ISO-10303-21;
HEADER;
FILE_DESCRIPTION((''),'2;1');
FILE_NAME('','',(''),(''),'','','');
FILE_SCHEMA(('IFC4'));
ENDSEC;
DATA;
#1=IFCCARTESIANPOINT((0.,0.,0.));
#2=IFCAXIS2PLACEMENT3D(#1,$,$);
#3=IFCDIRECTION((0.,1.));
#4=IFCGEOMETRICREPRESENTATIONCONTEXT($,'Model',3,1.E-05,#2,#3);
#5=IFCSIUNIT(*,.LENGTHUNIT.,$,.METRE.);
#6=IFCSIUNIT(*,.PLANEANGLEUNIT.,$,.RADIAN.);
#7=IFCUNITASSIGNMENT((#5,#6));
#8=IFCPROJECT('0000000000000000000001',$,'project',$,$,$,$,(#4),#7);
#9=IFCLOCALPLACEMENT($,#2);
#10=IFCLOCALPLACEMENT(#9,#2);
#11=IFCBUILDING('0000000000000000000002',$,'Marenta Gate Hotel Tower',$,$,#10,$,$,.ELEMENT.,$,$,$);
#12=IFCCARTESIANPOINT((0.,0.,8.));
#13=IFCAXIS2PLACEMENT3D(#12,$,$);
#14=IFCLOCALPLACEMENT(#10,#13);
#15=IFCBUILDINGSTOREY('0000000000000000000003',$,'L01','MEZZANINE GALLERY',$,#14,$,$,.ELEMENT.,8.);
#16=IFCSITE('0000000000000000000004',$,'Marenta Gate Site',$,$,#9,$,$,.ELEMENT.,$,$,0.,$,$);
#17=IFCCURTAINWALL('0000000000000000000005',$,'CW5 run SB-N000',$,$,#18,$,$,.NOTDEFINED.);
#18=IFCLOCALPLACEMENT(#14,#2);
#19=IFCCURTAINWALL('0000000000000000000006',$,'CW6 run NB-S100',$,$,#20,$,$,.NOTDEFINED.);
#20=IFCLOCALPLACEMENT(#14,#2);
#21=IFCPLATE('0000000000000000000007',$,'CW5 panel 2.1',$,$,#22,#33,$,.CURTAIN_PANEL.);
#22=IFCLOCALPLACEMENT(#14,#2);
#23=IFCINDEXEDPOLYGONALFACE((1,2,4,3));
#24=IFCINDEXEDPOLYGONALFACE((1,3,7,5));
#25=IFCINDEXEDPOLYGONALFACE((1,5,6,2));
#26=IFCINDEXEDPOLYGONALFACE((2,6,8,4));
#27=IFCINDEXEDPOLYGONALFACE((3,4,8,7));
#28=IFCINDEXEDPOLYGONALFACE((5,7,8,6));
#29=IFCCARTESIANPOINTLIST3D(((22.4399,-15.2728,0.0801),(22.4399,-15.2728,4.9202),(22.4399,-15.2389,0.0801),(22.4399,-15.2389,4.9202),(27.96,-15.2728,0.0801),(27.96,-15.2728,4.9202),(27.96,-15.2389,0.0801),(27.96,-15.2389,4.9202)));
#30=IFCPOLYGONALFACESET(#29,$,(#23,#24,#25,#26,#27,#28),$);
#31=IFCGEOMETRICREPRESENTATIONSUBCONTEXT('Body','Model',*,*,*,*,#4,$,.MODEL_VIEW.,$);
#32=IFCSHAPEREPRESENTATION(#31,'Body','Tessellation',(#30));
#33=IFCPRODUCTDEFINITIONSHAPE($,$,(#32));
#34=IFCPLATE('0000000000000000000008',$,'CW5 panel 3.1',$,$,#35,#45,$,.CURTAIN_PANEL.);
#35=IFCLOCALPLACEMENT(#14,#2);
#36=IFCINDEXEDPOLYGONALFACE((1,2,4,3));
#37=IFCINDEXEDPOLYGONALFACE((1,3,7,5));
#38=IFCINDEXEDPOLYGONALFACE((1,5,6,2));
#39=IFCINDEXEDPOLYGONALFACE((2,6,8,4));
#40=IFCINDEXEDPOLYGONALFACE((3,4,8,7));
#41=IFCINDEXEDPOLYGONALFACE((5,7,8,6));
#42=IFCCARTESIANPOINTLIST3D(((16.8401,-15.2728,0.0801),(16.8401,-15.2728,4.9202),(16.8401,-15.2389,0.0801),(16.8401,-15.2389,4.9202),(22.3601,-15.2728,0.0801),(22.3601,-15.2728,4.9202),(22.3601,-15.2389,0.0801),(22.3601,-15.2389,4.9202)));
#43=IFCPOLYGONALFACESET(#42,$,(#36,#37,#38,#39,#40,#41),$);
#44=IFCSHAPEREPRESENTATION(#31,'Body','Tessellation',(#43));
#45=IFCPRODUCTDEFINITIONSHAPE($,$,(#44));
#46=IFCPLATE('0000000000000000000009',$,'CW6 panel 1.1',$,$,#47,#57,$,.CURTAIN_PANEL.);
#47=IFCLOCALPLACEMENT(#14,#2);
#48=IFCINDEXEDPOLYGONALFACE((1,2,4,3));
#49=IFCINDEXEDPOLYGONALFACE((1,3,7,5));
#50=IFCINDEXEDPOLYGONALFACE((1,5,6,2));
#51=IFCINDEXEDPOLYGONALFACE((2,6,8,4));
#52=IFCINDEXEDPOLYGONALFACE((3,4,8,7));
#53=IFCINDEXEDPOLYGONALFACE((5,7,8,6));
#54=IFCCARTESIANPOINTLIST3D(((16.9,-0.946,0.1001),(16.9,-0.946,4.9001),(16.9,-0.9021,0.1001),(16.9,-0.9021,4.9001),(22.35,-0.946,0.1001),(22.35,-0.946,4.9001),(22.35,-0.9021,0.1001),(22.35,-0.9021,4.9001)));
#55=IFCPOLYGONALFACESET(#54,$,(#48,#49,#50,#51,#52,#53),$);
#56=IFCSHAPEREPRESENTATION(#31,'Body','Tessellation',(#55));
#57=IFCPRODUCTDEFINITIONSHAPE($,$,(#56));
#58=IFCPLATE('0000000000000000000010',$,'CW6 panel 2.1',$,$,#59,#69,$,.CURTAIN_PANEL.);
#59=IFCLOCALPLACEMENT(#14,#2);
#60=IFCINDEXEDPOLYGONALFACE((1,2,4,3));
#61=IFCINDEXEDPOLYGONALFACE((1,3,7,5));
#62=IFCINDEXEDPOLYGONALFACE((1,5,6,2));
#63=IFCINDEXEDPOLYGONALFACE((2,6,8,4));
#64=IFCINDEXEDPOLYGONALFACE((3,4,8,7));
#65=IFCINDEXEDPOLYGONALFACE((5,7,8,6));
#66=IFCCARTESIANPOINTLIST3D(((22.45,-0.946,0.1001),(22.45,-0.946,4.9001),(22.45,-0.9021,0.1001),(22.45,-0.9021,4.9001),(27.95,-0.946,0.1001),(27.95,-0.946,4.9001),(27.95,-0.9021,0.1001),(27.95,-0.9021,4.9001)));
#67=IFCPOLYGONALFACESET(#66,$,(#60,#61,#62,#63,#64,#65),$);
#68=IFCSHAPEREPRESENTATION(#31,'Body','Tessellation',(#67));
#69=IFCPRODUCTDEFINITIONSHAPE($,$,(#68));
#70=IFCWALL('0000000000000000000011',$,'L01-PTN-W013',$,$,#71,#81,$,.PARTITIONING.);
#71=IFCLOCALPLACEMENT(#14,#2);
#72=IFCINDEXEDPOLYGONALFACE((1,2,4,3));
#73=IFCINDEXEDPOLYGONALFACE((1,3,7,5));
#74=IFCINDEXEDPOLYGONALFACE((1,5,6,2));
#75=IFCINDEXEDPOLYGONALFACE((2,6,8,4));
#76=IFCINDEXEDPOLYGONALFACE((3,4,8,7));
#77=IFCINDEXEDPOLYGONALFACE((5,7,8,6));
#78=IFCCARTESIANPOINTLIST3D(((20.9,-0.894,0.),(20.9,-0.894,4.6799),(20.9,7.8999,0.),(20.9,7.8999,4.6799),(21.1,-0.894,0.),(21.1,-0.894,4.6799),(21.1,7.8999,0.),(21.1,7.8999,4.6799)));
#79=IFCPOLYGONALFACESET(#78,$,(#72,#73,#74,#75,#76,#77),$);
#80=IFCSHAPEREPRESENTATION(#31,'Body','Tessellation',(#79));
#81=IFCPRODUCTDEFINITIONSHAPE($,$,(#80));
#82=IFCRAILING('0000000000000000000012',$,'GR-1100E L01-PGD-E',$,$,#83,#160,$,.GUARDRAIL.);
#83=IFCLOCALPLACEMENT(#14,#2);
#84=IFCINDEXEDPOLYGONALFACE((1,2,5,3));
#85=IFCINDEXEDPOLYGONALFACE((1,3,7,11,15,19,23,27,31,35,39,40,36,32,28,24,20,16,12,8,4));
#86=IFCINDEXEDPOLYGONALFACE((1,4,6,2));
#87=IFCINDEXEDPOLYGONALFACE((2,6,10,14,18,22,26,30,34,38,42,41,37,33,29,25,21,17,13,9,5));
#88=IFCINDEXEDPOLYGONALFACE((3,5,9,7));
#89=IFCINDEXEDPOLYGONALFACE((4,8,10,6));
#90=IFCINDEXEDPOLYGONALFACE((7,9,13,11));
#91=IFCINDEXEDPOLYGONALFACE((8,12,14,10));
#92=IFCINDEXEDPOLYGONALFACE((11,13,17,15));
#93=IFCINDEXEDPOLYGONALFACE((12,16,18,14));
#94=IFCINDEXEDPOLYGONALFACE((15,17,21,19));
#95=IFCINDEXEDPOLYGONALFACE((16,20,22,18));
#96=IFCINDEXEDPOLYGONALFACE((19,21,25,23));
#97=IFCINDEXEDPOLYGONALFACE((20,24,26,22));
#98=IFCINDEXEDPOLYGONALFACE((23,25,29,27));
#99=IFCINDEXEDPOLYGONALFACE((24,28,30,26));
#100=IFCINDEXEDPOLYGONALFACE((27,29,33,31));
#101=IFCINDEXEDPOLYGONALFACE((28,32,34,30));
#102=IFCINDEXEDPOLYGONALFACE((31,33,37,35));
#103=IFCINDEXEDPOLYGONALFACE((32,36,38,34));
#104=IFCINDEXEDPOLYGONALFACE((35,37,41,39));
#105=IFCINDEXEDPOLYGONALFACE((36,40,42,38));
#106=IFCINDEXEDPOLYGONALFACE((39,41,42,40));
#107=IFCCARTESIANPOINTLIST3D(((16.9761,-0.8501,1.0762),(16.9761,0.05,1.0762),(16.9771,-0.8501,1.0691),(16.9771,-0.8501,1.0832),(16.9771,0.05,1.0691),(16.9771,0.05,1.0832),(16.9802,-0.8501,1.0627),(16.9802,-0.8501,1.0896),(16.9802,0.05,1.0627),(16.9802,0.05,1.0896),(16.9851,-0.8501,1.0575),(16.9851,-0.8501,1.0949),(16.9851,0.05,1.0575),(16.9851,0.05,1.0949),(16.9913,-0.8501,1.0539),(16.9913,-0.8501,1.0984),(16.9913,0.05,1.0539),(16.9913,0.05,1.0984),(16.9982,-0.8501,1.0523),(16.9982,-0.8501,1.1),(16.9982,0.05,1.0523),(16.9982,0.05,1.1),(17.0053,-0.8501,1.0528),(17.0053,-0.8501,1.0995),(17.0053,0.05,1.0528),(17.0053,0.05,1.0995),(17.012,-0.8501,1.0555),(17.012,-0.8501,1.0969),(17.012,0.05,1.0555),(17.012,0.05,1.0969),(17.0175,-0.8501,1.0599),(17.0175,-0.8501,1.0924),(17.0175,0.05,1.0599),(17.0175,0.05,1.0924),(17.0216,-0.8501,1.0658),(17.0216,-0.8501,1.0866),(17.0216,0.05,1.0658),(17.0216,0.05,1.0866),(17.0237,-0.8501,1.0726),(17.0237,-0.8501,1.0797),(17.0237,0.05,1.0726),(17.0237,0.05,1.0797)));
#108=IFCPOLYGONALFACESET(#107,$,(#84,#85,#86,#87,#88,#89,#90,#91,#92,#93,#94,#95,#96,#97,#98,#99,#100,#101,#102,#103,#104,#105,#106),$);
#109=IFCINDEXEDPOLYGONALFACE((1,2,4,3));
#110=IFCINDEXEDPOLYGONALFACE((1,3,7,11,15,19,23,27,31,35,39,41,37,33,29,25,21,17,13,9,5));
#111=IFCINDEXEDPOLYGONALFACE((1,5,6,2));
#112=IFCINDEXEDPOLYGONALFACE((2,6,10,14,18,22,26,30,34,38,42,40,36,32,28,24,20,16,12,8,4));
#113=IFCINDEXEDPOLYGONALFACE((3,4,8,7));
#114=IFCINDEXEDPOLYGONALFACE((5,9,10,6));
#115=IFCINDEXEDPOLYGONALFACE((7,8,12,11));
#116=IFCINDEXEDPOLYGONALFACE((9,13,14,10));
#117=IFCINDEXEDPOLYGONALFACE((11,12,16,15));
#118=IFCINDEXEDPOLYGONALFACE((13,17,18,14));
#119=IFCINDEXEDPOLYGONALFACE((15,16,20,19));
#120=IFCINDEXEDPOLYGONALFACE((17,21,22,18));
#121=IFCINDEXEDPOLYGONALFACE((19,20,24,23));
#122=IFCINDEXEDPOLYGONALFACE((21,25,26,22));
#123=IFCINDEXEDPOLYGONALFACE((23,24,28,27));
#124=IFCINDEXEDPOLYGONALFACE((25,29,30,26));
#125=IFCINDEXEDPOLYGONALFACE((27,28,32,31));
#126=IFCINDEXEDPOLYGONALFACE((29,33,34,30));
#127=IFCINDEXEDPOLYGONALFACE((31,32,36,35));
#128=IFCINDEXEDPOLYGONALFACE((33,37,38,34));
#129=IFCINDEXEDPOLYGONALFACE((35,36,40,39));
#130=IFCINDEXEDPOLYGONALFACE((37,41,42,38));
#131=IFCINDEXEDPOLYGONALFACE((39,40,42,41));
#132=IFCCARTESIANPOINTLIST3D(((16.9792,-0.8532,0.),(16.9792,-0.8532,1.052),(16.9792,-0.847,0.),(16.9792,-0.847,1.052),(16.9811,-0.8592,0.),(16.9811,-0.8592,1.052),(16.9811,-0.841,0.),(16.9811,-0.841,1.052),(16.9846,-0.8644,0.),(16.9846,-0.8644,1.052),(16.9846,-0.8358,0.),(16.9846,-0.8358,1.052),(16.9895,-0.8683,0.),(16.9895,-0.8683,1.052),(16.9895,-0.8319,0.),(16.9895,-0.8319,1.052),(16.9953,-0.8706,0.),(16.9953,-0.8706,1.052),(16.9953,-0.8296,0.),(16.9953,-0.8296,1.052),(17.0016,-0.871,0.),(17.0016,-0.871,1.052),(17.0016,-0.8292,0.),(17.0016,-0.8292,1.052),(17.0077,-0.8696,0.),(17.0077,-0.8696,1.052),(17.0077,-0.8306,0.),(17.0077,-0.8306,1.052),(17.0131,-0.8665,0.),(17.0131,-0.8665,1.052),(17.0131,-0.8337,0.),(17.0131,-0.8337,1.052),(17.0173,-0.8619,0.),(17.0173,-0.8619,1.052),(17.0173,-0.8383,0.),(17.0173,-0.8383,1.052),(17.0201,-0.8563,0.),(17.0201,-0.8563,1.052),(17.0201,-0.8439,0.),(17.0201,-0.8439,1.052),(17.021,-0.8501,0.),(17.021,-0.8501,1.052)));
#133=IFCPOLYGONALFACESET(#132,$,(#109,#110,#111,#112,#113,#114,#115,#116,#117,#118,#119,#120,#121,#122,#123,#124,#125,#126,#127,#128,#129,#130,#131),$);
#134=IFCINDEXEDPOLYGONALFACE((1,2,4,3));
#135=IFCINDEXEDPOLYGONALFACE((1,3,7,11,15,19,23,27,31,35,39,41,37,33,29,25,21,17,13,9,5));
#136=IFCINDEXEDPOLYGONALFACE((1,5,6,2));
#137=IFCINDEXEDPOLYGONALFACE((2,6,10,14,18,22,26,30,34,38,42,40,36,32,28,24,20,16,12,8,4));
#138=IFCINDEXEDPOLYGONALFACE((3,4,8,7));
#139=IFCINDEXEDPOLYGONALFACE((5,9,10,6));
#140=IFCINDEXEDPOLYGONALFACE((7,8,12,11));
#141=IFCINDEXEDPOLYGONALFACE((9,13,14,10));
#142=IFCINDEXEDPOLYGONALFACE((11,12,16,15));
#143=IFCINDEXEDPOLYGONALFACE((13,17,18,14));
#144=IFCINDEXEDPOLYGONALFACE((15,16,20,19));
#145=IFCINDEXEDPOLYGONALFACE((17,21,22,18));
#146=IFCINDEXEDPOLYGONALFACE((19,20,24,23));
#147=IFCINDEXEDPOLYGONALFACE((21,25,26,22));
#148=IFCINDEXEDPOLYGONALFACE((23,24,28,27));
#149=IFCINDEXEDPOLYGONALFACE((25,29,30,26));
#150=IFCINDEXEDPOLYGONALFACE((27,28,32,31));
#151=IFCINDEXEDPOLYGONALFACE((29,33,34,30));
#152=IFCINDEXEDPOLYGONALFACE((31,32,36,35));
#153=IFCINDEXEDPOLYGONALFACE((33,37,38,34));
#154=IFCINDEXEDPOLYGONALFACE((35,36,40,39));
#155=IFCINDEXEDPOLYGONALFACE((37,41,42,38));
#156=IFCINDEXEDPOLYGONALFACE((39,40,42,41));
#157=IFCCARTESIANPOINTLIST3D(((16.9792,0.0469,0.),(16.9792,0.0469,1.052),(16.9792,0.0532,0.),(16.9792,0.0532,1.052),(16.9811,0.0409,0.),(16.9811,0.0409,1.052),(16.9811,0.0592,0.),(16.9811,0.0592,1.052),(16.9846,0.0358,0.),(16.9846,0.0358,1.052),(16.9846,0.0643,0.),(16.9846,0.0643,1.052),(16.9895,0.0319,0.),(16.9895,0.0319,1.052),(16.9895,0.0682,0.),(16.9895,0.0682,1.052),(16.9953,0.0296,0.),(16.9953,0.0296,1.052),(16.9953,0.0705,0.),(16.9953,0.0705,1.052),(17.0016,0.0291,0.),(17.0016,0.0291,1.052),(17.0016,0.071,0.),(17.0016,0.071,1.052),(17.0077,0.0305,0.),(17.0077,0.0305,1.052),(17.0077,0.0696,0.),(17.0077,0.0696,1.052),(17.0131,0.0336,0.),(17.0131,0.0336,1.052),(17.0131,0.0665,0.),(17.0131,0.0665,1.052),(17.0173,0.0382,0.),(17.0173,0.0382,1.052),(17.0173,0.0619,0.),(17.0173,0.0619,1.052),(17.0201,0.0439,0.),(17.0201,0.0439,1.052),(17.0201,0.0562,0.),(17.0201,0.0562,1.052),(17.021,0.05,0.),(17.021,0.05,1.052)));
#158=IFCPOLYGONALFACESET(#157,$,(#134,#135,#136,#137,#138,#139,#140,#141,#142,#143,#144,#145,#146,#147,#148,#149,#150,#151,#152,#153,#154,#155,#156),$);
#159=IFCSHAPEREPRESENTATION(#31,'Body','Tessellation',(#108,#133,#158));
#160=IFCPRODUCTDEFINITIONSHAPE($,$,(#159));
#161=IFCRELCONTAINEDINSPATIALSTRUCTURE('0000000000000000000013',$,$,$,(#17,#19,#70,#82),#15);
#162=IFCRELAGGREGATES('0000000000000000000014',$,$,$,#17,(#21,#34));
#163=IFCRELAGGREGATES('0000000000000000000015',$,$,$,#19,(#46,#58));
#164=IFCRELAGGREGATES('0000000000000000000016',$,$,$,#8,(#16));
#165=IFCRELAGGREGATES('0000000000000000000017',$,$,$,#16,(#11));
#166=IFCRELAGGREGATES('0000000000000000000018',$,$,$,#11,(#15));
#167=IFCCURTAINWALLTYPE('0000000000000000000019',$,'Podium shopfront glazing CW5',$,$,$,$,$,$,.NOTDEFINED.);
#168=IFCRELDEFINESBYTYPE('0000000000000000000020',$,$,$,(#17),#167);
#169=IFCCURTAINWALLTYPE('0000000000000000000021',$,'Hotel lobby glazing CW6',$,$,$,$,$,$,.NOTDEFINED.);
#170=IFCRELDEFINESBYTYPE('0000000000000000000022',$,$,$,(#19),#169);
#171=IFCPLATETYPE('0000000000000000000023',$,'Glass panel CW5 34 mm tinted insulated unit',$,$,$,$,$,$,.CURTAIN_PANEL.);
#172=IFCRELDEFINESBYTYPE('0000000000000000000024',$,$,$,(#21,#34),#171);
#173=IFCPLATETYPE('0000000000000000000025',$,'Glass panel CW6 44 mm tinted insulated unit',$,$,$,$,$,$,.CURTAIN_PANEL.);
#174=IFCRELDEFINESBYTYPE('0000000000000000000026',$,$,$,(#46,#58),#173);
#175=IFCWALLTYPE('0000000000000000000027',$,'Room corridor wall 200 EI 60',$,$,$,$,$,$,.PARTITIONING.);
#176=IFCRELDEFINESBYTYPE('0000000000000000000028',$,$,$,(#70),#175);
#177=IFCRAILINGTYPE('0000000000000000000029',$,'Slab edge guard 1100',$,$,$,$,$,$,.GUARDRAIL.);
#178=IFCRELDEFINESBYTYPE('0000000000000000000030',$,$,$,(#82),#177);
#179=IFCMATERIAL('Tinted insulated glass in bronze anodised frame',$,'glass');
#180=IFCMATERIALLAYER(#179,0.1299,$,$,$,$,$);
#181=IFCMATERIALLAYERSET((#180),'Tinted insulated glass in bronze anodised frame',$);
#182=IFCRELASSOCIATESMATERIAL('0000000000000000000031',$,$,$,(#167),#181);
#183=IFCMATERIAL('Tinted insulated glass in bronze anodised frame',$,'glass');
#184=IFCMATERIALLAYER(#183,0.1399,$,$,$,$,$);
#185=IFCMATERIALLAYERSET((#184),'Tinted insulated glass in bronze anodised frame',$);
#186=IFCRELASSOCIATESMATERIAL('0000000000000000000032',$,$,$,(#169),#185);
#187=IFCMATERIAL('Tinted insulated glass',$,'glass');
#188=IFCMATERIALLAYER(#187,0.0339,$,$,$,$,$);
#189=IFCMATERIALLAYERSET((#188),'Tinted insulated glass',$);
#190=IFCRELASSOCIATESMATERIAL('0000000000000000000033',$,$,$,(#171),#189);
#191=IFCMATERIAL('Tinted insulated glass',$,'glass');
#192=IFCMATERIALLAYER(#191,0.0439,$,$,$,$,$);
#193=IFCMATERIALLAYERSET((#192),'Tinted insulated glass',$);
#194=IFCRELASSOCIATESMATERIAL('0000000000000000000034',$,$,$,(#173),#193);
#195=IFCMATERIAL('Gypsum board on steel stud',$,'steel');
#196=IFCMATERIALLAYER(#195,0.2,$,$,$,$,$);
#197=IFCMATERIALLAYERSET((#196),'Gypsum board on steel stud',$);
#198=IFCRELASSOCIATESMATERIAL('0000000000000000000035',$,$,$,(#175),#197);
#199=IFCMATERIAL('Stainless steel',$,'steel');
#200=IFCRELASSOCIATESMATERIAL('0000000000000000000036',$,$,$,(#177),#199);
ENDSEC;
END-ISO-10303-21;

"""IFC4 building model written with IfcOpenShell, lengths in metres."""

from ifc_helpers import new_model, si_unit, direction, frame, frame_2d, origin, origin_2d, place, context, subcontext, project, spatial, rectangle, circle, extrude, material, layer, layer_set, type_object, element, aggregate, save


model = new_model("IFC4")

# Units and contexts
model_context = context("Model", 3, precision=1e-05, world=origin(), true_north=direction((0.0, 1.0)))
body_context = subcontext(model_context, "Body", "Model", "MODEL_VIEW")
ifc_project = project(units=[si_unit("LENGTHUNIT", "METRE"), si_unit("PLANEANGLEUNIT", "RADIAN")], contexts=[model_context])

# Site, building, storey
site_placement = place(None, origin())
site = spatial("IfcSite", under=ifc_project, at=site_placement, Name="Marenta Gate Site", CompositionType="ELEMENT", RefElevation=0.0)
building_placement = place(site_placement, origin())
building = spatial("IfcBuilding", under=site, at=building_placement, Name="Marenta Gate Hotel Tower", CompositionType="ELEMENT")
storey_placement = place(building_placement, frame((0.0, 0.0, 8.0)))
storey = spatial("IfcBuildingStorey", under=building, at=storey_placement, Name="L01", Description="MEZZANINE GALLERY", CompositionType="ELEMENT", Elevation=8.0)

# Curtain walls
ifc_material_1 = material(Name="Tinted insulated glass in bronze anodised frame", Category="glass")
ifc_layer_1 = layer(ifc_material_1, 0.1299)
ifc_layer_set_1 = layer_set([ifc_layer_1], Name="Tinted insulated glass in bronze anodised frame")
curtain_wall_type_1 = type_object("IfcCurtainWallType", Name="Podium shopfront glazing CW5", PredefinedType="NOTDEFINED", material=ifc_layer_set_1)
curtain_wall_1_placement = place(storey_placement, origin())
curtain_wall_1 = element("IfcCurtainWall", 1, at=curtain_wall_1_placement, inside=storey, type_object=curtain_wall_type_1, Name="CW5 run SB-N000", PredefinedType="NOTDEFINED")
ifc_material_2 = material(Name="Tinted insulated glass in bronze anodised frame", Category="glass")
ifc_layer_2 = layer(ifc_material_2, 0.1399)
ifc_layer_set_2 = layer_set([ifc_layer_2], Name="Tinted insulated glass in bronze anodised frame")
curtain_wall_type_2 = type_object("IfcCurtainWallType", Name="Hotel lobby glazing CW6", PredefinedType="NOTDEFINED", material=ifc_layer_set_2)
curtain_wall_2_placement = place(storey_placement, origin())
curtain_wall_2 = element("IfcCurtainWall", 2, at=curtain_wall_2_placement, inside=storey, type_object=curtain_wall_type_2, Name="CW6 run NB-S100", PredefinedType="NOTDEFINED")

# Plates
ifc_material_3 = material(Name="Tinted insulated glass", Category="glass")
ifc_layer_3 = layer(ifc_material_3, 0.0339)
ifc_layer_set_3 = layer_set([ifc_layer_3], Name="Tinted insulated glass")
plate_type_1 = type_object("IfcPlateType", Name="Glass panel CW5 34 mm tinted insulated unit", PredefinedType="CURTAIN_PANEL", material=ifc_layer_set_3)
plate_1_placement = place(storey_placement, frame((25.2, -15.2559, 0.0801), z_axis=(0.0, 0.0, 1.0), x_axis=(-1.0, 0.0, 0.0)))
plate_1 = element("IfcPlate", 3, at=plate_1_placement, type_object=plate_type_1, Name="CW5 panel 2.1", PredefinedType="CURTAIN_PANEL", context=body_context, shape_type="SweptSolid", body=[
    extrude(rectangle(XDim=5.52, YDim=0.0339, at=origin_2d()), origin(), (0.0, 0.0, 1.0), 4.8401),
])
plate_2_placement = place(storey_placement, frame((19.6001, -15.2559, 0.0801), z_axis=(0.0, 0.0, 1.0), x_axis=(-1.0, 0.0, 0.0)))
plate_2 = element("IfcPlate", 4, at=plate_2_placement, type_object=plate_type_1, Name="CW5 panel 3.1", PredefinedType="CURTAIN_PANEL", context=body_context, shape_type="SweptSolid", body=[
    extrude(rectangle(XDim=5.52, YDim=0.0339, at=origin_2d()), origin(), (0.0, 0.0, 1.0), 4.8401),
])
aggregate(curtain_wall_1, [plate_1, plate_2])
ifc_material_4 = material(Name="Tinted insulated glass", Category="glass")
ifc_layer_4 = layer(ifc_material_4, 0.0439)
ifc_layer_set_4 = layer_set([ifc_layer_4], Name="Tinted insulated glass")
plate_type_2 = type_object("IfcPlateType", Name="Glass panel CW6 44 mm tinted insulated unit", PredefinedType="CURTAIN_PANEL", material=ifc_layer_set_4)
plate_3_placement = place(storey_placement, frame((19.625, -0.9241, 0.1001), z_axis=(0.0, 0.0, 1.0), x_axis=(1.0, 0.0, 0.0)))
plate_3 = element("IfcPlate", 5, at=plate_3_placement, type_object=plate_type_2, Name="CW6 panel 1.1", PredefinedType="CURTAIN_PANEL", context=body_context, shape_type="SweptSolid", body=[
    extrude(rectangle(XDim=5.45, YDim=0.0439, at=origin_2d()), origin(), (0.0, 0.0, 1.0), 4.8),
])
plate_4_placement = place(storey_placement, frame((25.2, -0.9241, 0.1001), z_axis=(0.0, 0.0, 1.0), x_axis=(1.0, 0.0, 0.0)))
plate_4 = element("IfcPlate", 6, at=plate_4_placement, type_object=plate_type_2, Name="CW6 panel 2.1", PredefinedType="CURTAIN_PANEL", context=body_context, shape_type="SweptSolid", body=[
    extrude(rectangle(XDim=5.5, YDim=0.0439, at=origin_2d()), origin(), (0.0, 0.0, 1.0), 4.8),
])
aggregate(curtain_wall_2, [plate_3, plate_4])

# Wall
ifc_material_5 = material(Name="Gypsum board on steel stud", Category="steel")
ifc_layer_5 = layer(ifc_material_5, 0.2)
ifc_layer_set_5 = layer_set([ifc_layer_5], Name="Gypsum board on steel stud")
wall_type_1 = type_object("IfcWallType", Name="Room corridor wall 200 EI 60", PredefinedType="PARTITIONING", material=ifc_layer_set_5)
wall_1_placement = place(storey_placement, frame((21.0, -0.894, 0.0), z_axis=(0.0, 0.0, 1.0), x_axis=(0.0, 1.0, 0.0)))
element("IfcWall", 7, at=wall_1_placement, inside=storey, type_object=wall_type_1, Name="L01-PTN-W013", PredefinedType="PARTITIONING", context=body_context, shape_type="SweptSolid", body=[
    extrude(rectangle(XDim=8.7939, YDim=0.2, at=frame_2d((4.397, 0.0))), origin(), (0.0, 0.0, 1.0), 4.6799),
])

# Railing
ifc_material_6 = material(Name="Stainless steel", Category="steel")
railing_type = type_object("IfcRailingType", Name="Slab edge guard 1100", PredefinedType="GUARDRAIL", material=ifc_material_6)
railing_placement = place(storey_placement, frame((17.0, -0.8501, 0.0)))
element("IfcRailing", 8, at=railing_placement, inside=storey, type_object=railing_type, Name="GR-1100E L01-PGD-E", PredefinedType="GUARDRAIL", context=body_context, shape_type="SweptSolid", body=[
    extrude(circle(Radius=0.0239, at=origin_2d()), frame((0.0, 0.0, 1.0762), z_axis=(0.0, 1.0, 0.0), x_axis=(-1.0, 0.0, 0.0)), (0.0, 0.0, 1.0), 0.9001),
    extrude(circle(Radius=0.021, at=origin_2d()), origin(), (0.0, 0.0, 1.0), 1.052),
    extrude(circle(Radius=0.021, at=origin_2d()), frame((0.0, 0.9001, 0.0)), (0.0, 0.0, 1.0), 1.052),
])

save(model, "model.ifc")
